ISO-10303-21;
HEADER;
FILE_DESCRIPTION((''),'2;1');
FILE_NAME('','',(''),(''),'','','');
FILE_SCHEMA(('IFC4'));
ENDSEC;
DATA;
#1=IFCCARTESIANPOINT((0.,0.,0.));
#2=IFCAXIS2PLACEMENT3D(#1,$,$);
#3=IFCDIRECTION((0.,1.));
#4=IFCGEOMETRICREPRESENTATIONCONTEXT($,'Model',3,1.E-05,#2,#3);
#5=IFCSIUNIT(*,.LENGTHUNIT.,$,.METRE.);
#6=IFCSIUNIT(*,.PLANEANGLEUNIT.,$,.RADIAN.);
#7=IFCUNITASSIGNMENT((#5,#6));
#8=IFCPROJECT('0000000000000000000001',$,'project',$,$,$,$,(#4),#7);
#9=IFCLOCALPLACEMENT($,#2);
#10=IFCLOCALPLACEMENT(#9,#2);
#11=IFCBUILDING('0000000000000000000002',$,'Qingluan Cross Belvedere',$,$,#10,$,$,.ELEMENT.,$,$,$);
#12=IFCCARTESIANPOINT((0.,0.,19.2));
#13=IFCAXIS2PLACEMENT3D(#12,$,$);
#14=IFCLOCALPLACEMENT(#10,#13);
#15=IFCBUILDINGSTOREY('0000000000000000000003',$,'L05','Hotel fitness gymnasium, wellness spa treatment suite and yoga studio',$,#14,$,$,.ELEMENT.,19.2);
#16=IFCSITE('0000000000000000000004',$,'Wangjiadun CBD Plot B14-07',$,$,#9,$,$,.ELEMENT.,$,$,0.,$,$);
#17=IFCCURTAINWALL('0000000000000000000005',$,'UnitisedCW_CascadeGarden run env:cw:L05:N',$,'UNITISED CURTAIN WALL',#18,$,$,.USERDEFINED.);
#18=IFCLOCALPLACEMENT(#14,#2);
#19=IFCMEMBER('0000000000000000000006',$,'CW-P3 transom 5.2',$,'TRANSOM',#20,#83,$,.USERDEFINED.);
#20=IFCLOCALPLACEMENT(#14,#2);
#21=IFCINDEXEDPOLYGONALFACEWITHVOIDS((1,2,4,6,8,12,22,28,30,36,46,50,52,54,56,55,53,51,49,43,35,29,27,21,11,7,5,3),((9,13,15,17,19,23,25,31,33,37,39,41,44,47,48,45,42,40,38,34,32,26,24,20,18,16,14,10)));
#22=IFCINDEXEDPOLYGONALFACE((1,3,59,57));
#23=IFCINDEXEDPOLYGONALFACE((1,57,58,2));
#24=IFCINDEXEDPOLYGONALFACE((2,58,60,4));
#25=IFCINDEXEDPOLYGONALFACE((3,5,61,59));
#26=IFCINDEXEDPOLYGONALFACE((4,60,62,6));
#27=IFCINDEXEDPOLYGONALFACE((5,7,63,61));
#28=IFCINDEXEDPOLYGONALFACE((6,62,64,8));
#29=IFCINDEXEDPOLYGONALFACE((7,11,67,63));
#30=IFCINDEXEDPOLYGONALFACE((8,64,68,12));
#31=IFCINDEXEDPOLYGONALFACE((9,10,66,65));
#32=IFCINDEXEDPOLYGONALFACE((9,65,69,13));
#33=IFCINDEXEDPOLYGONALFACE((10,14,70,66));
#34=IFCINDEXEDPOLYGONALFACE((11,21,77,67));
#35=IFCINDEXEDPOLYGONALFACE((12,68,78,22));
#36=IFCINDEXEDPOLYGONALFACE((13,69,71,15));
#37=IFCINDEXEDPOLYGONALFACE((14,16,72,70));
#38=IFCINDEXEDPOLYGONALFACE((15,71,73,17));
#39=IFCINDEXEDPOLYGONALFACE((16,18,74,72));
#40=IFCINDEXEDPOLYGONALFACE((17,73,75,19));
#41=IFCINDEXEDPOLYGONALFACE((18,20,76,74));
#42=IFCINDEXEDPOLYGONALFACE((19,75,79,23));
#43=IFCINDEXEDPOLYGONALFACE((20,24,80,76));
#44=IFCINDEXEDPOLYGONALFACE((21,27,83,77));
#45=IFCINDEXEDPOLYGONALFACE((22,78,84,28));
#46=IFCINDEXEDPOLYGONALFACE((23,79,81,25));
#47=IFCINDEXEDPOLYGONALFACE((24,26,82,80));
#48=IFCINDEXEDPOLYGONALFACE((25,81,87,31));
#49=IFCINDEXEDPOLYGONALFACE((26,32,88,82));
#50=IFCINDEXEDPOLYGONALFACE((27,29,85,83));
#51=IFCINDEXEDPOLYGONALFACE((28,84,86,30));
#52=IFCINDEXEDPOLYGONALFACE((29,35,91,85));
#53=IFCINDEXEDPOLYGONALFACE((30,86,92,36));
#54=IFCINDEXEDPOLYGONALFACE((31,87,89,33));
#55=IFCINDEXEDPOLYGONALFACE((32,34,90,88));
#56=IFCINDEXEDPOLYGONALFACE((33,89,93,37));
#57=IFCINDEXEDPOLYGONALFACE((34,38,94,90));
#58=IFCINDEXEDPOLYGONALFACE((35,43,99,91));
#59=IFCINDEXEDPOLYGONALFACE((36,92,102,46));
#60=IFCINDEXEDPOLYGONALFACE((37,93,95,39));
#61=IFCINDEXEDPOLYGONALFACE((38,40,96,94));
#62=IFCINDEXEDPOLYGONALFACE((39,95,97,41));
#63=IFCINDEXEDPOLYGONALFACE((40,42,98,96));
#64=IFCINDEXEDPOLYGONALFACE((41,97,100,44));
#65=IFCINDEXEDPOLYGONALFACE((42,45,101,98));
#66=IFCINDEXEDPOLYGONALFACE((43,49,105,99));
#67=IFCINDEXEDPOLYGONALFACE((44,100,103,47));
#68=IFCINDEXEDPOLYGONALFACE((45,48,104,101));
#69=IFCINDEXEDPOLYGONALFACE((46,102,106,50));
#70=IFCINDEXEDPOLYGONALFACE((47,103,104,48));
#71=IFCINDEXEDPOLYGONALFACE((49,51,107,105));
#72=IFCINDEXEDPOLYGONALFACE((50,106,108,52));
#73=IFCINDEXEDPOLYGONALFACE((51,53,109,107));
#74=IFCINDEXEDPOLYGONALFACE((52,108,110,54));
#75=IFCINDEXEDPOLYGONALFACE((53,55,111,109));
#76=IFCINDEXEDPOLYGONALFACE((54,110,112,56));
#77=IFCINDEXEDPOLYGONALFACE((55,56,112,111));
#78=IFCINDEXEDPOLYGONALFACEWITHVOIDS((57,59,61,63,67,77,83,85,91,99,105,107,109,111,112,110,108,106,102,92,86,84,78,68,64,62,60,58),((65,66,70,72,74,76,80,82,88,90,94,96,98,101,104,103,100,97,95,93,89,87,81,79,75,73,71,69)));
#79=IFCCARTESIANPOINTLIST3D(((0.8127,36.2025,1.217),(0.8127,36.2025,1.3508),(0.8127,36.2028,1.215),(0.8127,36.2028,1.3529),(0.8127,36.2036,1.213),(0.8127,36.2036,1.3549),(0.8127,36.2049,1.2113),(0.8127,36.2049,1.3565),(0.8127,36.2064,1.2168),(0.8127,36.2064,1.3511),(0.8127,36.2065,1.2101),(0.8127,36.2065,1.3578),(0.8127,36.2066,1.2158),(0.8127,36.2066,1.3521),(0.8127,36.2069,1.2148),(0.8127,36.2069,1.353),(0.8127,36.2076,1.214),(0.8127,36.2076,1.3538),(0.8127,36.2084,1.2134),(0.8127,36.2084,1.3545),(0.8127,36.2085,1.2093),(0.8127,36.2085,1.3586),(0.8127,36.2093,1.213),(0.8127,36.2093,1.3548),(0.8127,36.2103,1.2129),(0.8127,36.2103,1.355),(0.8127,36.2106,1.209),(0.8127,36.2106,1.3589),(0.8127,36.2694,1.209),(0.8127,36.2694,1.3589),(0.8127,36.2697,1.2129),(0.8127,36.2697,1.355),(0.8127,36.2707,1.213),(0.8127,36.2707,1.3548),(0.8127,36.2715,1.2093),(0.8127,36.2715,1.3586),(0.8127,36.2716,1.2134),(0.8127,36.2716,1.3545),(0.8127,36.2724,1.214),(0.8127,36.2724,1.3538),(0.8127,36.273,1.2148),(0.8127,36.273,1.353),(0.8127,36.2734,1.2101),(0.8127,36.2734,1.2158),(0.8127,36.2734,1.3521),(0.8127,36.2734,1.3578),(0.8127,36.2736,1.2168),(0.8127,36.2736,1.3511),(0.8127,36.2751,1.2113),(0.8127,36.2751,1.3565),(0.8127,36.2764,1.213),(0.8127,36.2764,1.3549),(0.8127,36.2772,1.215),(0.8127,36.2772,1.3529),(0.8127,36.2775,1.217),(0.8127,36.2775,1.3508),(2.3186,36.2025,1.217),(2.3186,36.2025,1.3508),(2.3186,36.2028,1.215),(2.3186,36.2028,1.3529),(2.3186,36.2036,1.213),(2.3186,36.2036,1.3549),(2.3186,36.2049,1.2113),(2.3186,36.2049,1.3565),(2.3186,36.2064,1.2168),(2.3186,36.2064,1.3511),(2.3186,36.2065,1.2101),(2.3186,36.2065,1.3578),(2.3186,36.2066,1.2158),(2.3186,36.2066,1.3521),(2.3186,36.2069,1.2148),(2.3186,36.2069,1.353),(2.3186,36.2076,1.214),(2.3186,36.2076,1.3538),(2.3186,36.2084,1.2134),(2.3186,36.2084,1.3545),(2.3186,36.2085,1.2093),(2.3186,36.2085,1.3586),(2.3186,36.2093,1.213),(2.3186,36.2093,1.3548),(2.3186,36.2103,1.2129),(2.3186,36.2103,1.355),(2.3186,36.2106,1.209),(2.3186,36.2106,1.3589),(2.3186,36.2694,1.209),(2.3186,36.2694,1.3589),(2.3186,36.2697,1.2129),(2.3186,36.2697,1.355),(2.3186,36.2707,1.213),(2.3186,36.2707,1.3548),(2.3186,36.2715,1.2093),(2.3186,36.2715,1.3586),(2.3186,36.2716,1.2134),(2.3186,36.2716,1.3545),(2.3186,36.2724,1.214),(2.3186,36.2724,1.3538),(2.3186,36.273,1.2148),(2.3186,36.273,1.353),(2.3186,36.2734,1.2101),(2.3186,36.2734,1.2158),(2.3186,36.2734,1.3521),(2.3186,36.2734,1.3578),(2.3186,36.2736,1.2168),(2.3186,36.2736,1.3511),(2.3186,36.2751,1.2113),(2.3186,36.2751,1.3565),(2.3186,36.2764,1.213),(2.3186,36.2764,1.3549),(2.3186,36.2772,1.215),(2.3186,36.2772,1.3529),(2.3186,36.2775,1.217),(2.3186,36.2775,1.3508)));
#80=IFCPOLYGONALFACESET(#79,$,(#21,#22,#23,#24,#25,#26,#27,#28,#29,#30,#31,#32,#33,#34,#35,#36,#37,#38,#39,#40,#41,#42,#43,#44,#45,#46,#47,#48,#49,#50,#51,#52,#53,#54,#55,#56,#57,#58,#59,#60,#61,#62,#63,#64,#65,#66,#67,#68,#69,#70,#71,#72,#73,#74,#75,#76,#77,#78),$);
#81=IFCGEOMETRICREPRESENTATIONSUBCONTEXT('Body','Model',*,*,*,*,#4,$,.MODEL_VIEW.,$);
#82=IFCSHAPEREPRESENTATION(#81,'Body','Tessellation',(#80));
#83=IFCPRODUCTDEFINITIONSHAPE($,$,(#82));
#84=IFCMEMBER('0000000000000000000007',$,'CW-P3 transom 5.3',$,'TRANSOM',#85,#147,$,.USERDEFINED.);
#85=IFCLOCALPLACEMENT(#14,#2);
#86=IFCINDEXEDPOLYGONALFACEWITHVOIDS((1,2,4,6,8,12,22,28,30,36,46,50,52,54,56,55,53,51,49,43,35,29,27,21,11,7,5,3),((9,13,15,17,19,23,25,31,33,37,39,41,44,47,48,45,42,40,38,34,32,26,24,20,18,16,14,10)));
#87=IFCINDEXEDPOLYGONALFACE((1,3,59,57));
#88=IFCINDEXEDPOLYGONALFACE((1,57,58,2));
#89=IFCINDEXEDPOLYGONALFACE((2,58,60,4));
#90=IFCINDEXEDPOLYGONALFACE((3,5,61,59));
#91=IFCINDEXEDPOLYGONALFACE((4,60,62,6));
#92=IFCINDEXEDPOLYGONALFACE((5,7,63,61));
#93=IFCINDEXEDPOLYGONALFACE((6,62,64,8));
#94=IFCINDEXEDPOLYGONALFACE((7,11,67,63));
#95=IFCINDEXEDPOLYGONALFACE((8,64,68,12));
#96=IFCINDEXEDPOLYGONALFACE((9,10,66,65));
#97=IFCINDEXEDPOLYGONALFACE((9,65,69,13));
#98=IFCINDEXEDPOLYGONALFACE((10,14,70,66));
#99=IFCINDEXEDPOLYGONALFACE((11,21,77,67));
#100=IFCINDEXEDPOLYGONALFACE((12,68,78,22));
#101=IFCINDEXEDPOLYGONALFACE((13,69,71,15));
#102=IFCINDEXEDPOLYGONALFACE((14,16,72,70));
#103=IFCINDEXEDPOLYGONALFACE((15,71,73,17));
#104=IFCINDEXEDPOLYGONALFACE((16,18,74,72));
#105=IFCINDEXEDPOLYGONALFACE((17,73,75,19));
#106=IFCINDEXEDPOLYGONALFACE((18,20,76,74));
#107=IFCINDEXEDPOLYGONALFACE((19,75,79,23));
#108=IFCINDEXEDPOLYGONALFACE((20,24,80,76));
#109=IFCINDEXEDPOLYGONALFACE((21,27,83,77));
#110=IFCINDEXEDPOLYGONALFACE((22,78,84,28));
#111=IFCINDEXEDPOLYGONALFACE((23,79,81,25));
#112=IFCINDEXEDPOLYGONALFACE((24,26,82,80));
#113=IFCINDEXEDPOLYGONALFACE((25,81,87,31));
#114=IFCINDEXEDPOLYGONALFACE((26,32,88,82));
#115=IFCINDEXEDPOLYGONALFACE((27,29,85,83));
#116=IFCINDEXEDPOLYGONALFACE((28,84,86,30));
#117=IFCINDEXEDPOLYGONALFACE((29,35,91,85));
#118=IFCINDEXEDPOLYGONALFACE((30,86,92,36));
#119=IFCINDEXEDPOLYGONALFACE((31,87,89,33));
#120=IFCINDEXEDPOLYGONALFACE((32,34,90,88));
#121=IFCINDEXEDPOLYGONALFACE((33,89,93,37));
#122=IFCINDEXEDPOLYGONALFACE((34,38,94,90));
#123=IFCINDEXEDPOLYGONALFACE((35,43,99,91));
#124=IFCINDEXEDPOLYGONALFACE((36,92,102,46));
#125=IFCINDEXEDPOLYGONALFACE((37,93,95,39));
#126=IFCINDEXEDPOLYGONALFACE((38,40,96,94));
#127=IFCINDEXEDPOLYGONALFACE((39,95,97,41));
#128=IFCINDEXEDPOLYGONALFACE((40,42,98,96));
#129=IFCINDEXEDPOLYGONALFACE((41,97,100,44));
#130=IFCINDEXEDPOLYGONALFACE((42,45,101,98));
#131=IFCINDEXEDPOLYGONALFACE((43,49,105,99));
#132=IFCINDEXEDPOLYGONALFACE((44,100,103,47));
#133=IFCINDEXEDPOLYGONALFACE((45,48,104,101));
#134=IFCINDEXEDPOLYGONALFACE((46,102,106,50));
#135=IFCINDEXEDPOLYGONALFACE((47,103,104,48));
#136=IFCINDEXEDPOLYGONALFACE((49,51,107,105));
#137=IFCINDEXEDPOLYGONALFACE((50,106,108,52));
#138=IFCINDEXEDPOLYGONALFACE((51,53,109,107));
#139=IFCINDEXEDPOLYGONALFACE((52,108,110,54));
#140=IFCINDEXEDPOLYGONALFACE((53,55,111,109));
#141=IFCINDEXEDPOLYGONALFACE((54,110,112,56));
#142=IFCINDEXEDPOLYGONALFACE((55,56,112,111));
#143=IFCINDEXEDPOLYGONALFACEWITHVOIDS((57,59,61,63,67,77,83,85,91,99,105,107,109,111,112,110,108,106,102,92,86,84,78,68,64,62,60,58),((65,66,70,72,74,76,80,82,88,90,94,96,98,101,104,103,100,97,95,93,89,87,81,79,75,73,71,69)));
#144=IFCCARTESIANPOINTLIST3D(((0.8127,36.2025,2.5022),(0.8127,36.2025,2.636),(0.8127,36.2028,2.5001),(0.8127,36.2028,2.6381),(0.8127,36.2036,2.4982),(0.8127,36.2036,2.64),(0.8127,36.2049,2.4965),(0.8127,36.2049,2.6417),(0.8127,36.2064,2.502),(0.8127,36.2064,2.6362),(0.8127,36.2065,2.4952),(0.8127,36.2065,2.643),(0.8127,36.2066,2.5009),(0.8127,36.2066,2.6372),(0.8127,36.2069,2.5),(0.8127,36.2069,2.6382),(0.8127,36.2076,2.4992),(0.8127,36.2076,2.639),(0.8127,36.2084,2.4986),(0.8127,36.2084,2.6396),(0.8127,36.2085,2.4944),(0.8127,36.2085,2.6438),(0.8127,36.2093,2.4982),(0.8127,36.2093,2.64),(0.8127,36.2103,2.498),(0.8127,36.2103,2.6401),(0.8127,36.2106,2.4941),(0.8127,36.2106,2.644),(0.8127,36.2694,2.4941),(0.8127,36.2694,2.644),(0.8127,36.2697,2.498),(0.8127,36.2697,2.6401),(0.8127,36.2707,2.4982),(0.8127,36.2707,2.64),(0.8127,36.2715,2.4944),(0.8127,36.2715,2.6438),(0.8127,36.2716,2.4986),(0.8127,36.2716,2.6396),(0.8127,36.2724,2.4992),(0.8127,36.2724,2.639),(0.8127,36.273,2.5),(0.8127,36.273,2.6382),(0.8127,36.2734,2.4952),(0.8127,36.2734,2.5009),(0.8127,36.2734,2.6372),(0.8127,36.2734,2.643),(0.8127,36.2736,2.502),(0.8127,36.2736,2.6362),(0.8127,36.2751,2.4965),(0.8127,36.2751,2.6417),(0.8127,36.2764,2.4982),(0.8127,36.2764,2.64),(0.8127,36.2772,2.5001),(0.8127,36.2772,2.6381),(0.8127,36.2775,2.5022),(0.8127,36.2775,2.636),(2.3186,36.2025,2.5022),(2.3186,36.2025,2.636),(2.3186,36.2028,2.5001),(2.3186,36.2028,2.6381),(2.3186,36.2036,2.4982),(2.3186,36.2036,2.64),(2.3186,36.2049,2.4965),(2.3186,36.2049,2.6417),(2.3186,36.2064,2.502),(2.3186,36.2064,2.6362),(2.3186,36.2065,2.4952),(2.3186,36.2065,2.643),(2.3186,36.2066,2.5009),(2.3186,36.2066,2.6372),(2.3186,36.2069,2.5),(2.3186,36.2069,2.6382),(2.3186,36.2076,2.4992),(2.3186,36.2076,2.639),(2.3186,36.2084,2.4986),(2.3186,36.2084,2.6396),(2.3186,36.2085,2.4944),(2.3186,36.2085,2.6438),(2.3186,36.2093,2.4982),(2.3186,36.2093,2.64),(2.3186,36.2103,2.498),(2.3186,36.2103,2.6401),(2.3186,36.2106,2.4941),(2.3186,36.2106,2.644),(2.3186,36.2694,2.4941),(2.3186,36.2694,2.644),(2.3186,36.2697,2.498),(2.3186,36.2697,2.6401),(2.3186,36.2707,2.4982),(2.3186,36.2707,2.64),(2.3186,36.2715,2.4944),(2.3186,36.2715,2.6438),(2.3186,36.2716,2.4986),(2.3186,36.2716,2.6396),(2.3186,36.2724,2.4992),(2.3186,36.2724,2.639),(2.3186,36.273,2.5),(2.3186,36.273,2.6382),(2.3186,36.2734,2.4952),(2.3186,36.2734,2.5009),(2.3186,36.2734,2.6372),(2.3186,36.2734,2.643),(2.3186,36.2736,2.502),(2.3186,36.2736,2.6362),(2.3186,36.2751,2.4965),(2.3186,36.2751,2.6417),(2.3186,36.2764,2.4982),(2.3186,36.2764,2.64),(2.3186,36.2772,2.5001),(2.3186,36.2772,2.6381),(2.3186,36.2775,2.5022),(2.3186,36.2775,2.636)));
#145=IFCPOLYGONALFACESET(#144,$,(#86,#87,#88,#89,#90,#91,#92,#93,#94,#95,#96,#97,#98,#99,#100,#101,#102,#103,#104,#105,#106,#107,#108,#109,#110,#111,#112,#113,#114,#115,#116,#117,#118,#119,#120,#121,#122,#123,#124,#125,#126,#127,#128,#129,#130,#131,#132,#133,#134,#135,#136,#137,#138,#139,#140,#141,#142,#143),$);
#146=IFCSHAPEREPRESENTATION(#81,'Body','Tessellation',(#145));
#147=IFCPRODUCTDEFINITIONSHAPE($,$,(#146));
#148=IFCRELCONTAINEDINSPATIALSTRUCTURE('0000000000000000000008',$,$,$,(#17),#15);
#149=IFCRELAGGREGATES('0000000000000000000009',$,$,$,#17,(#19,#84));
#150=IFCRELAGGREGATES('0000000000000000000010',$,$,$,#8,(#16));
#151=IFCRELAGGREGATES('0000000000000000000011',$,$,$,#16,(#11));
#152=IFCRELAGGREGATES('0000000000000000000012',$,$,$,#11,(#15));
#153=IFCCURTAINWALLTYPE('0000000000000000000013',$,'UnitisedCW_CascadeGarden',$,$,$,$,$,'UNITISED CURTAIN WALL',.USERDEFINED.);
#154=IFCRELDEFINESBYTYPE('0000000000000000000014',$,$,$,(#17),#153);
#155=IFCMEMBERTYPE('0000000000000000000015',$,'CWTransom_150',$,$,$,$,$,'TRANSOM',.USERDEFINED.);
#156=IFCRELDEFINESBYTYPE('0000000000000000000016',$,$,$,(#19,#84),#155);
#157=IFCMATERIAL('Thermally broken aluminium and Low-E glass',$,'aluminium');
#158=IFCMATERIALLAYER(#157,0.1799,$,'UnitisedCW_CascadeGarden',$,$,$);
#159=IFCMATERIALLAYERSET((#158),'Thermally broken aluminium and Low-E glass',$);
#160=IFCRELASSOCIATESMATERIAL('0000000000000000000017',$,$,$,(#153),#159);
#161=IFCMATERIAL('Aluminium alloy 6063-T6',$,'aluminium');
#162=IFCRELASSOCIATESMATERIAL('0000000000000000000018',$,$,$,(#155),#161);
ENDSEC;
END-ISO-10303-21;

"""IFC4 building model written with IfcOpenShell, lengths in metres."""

from ifc_helpers import new_model, si_unit, direction, frame, origin, origin_2d, place, context, subcontext, project, spatial, hollow_rectangle, extrude, material, layer, layer_set, material_profile, profile_set, type_object, element, aggregate, save


model = new_model("IFC4")

# Units and contexts
model_context = context("Model", 3, precision=1e-05, world=origin(), true_north=direction((0.0, 1.0)))
body_context = subcontext(model_context, "Body", "Model", "MODEL_VIEW")
ifc_project = project(units=[si_unit("LENGTHUNIT", "METRE"), si_unit("PLANEANGLEUNIT", "RADIAN")], contexts=[model_context])

# Site, building, storey
site_placement = place(None, origin())
site = spatial("IfcSite", under=ifc_project, at=site_placement, Name="Wangjiadun CBD Plot B14-07", CompositionType="ELEMENT", RefElevation=0.0)
building_placement = place(site_placement, origin())
building = spatial("IfcBuilding", under=site, at=building_placement, Name="Qingluan Cross Belvedere", CompositionType="ELEMENT")
storey_placement = place(building_placement, frame((0.0, 0.0, 19.2)))
storey = spatial("IfcBuildingStorey", under=building, at=storey_placement, Name="L05", Description="Hotel fitness gymnasium, wellness spa treatment suite and yoga studio", CompositionType="ELEMENT", Elevation=19.2)

# Curtain wall, members
ifc_material_1 = material(Name="Thermally broken aluminium and Low-E glass", Category="aluminium")
ifc_layer_1 = layer(ifc_material_1, 0.1799, Name="UnitisedCW_CascadeGarden")
ifc_layer_set_1 = layer_set([ifc_layer_1], Name="Thermally broken aluminium and Low-E glass")
curtain_wall_type = type_object("IfcCurtainWallType", Name="UnitisedCW_CascadeGarden", ElementType="UNITISED CURTAIN WALL", PredefinedType="USERDEFINED", material=ifc_layer_set_1)
curtain_wall_placement = place(storey_placement, origin())
curtain_wall = element("IfcCurtainWall", 1, at=curtain_wall_placement, inside=storey, type_object=curtain_wall_type, Name="UnitisedCW_CascadeGarden run env:cw:L05:N", ObjectType="UNITISED CURTAIN WALL", PredefinedType="USERDEFINED")
ifc_material_2 = material(Name="Aluminium alloy 6063-T6", Category="aluminium")
ifc_material_profile_1 = material_profile(ifc_material_2, hollow_rectangle(XDim=0.075, YDim=0.1499, WallThickness=0.0039, InnerFilletRadius=0.0039, OuterFilletRadius=0.0081, at=origin_2d()), Name="CWT150x75x4")
ifc_profile_set_1 = profile_set([ifc_material_profile_1], Name="Aluminium alloy 6063-T6")
member_type_1 = type_object("IfcMemberType", Name="CWTransom_150", ElementType="TRANSOM", PredefinedType="USERDEFINED", material=ifc_profile_set_1)
member_1_placement = place(storey_placement, frame((0.8127, 36.24, 1.2839), z_axis=(1.0, 0.0, 0.0), x_axis=(0.0, 1.0, 0.0)))
member_1 = element("IfcMember", 2, at=member_1_placement, type_object=member_type_1, Name="CW-P3 transom 5.2", ObjectType="TRANSOM", PredefinedType="USERDEFINED", context=body_context, shape_type="SweptSolid", body=[
    extrude(hollow_rectangle(XDim=0.075, YDim=0.1499, WallThickness=0.0039, InnerFilletRadius=0.0039, OuterFilletRadius=0.0081, at=origin_2d()), origin(), (0.0, 0.0, 1.0), 1.5059),
])
member_2_placement = place(storey_placement, frame((0.8127, 36.24, 2.5691), z_axis=(1.0, 0.0, 0.0), x_axis=(0.0, 1.0, 0.0)))
member_2 = element("IfcMember", 3, at=member_2_placement, type_object=member_type_1, Name="CW-P3 transom 5.3", ObjectType="TRANSOM", PredefinedType="USERDEFINED", context=body_context, shape_type="SweptSolid", body=[
    extrude(hollow_rectangle(XDim=0.075, YDim=0.1499, WallThickness=0.0039, InnerFilletRadius=0.0039, OuterFilletRadius=0.0081, at=origin_2d()), origin(), (0.0, 0.0, 1.0), 1.5059),
])

aggregate(curtain_wall, [member_1, member_2])

save(model, "model.ifc")
